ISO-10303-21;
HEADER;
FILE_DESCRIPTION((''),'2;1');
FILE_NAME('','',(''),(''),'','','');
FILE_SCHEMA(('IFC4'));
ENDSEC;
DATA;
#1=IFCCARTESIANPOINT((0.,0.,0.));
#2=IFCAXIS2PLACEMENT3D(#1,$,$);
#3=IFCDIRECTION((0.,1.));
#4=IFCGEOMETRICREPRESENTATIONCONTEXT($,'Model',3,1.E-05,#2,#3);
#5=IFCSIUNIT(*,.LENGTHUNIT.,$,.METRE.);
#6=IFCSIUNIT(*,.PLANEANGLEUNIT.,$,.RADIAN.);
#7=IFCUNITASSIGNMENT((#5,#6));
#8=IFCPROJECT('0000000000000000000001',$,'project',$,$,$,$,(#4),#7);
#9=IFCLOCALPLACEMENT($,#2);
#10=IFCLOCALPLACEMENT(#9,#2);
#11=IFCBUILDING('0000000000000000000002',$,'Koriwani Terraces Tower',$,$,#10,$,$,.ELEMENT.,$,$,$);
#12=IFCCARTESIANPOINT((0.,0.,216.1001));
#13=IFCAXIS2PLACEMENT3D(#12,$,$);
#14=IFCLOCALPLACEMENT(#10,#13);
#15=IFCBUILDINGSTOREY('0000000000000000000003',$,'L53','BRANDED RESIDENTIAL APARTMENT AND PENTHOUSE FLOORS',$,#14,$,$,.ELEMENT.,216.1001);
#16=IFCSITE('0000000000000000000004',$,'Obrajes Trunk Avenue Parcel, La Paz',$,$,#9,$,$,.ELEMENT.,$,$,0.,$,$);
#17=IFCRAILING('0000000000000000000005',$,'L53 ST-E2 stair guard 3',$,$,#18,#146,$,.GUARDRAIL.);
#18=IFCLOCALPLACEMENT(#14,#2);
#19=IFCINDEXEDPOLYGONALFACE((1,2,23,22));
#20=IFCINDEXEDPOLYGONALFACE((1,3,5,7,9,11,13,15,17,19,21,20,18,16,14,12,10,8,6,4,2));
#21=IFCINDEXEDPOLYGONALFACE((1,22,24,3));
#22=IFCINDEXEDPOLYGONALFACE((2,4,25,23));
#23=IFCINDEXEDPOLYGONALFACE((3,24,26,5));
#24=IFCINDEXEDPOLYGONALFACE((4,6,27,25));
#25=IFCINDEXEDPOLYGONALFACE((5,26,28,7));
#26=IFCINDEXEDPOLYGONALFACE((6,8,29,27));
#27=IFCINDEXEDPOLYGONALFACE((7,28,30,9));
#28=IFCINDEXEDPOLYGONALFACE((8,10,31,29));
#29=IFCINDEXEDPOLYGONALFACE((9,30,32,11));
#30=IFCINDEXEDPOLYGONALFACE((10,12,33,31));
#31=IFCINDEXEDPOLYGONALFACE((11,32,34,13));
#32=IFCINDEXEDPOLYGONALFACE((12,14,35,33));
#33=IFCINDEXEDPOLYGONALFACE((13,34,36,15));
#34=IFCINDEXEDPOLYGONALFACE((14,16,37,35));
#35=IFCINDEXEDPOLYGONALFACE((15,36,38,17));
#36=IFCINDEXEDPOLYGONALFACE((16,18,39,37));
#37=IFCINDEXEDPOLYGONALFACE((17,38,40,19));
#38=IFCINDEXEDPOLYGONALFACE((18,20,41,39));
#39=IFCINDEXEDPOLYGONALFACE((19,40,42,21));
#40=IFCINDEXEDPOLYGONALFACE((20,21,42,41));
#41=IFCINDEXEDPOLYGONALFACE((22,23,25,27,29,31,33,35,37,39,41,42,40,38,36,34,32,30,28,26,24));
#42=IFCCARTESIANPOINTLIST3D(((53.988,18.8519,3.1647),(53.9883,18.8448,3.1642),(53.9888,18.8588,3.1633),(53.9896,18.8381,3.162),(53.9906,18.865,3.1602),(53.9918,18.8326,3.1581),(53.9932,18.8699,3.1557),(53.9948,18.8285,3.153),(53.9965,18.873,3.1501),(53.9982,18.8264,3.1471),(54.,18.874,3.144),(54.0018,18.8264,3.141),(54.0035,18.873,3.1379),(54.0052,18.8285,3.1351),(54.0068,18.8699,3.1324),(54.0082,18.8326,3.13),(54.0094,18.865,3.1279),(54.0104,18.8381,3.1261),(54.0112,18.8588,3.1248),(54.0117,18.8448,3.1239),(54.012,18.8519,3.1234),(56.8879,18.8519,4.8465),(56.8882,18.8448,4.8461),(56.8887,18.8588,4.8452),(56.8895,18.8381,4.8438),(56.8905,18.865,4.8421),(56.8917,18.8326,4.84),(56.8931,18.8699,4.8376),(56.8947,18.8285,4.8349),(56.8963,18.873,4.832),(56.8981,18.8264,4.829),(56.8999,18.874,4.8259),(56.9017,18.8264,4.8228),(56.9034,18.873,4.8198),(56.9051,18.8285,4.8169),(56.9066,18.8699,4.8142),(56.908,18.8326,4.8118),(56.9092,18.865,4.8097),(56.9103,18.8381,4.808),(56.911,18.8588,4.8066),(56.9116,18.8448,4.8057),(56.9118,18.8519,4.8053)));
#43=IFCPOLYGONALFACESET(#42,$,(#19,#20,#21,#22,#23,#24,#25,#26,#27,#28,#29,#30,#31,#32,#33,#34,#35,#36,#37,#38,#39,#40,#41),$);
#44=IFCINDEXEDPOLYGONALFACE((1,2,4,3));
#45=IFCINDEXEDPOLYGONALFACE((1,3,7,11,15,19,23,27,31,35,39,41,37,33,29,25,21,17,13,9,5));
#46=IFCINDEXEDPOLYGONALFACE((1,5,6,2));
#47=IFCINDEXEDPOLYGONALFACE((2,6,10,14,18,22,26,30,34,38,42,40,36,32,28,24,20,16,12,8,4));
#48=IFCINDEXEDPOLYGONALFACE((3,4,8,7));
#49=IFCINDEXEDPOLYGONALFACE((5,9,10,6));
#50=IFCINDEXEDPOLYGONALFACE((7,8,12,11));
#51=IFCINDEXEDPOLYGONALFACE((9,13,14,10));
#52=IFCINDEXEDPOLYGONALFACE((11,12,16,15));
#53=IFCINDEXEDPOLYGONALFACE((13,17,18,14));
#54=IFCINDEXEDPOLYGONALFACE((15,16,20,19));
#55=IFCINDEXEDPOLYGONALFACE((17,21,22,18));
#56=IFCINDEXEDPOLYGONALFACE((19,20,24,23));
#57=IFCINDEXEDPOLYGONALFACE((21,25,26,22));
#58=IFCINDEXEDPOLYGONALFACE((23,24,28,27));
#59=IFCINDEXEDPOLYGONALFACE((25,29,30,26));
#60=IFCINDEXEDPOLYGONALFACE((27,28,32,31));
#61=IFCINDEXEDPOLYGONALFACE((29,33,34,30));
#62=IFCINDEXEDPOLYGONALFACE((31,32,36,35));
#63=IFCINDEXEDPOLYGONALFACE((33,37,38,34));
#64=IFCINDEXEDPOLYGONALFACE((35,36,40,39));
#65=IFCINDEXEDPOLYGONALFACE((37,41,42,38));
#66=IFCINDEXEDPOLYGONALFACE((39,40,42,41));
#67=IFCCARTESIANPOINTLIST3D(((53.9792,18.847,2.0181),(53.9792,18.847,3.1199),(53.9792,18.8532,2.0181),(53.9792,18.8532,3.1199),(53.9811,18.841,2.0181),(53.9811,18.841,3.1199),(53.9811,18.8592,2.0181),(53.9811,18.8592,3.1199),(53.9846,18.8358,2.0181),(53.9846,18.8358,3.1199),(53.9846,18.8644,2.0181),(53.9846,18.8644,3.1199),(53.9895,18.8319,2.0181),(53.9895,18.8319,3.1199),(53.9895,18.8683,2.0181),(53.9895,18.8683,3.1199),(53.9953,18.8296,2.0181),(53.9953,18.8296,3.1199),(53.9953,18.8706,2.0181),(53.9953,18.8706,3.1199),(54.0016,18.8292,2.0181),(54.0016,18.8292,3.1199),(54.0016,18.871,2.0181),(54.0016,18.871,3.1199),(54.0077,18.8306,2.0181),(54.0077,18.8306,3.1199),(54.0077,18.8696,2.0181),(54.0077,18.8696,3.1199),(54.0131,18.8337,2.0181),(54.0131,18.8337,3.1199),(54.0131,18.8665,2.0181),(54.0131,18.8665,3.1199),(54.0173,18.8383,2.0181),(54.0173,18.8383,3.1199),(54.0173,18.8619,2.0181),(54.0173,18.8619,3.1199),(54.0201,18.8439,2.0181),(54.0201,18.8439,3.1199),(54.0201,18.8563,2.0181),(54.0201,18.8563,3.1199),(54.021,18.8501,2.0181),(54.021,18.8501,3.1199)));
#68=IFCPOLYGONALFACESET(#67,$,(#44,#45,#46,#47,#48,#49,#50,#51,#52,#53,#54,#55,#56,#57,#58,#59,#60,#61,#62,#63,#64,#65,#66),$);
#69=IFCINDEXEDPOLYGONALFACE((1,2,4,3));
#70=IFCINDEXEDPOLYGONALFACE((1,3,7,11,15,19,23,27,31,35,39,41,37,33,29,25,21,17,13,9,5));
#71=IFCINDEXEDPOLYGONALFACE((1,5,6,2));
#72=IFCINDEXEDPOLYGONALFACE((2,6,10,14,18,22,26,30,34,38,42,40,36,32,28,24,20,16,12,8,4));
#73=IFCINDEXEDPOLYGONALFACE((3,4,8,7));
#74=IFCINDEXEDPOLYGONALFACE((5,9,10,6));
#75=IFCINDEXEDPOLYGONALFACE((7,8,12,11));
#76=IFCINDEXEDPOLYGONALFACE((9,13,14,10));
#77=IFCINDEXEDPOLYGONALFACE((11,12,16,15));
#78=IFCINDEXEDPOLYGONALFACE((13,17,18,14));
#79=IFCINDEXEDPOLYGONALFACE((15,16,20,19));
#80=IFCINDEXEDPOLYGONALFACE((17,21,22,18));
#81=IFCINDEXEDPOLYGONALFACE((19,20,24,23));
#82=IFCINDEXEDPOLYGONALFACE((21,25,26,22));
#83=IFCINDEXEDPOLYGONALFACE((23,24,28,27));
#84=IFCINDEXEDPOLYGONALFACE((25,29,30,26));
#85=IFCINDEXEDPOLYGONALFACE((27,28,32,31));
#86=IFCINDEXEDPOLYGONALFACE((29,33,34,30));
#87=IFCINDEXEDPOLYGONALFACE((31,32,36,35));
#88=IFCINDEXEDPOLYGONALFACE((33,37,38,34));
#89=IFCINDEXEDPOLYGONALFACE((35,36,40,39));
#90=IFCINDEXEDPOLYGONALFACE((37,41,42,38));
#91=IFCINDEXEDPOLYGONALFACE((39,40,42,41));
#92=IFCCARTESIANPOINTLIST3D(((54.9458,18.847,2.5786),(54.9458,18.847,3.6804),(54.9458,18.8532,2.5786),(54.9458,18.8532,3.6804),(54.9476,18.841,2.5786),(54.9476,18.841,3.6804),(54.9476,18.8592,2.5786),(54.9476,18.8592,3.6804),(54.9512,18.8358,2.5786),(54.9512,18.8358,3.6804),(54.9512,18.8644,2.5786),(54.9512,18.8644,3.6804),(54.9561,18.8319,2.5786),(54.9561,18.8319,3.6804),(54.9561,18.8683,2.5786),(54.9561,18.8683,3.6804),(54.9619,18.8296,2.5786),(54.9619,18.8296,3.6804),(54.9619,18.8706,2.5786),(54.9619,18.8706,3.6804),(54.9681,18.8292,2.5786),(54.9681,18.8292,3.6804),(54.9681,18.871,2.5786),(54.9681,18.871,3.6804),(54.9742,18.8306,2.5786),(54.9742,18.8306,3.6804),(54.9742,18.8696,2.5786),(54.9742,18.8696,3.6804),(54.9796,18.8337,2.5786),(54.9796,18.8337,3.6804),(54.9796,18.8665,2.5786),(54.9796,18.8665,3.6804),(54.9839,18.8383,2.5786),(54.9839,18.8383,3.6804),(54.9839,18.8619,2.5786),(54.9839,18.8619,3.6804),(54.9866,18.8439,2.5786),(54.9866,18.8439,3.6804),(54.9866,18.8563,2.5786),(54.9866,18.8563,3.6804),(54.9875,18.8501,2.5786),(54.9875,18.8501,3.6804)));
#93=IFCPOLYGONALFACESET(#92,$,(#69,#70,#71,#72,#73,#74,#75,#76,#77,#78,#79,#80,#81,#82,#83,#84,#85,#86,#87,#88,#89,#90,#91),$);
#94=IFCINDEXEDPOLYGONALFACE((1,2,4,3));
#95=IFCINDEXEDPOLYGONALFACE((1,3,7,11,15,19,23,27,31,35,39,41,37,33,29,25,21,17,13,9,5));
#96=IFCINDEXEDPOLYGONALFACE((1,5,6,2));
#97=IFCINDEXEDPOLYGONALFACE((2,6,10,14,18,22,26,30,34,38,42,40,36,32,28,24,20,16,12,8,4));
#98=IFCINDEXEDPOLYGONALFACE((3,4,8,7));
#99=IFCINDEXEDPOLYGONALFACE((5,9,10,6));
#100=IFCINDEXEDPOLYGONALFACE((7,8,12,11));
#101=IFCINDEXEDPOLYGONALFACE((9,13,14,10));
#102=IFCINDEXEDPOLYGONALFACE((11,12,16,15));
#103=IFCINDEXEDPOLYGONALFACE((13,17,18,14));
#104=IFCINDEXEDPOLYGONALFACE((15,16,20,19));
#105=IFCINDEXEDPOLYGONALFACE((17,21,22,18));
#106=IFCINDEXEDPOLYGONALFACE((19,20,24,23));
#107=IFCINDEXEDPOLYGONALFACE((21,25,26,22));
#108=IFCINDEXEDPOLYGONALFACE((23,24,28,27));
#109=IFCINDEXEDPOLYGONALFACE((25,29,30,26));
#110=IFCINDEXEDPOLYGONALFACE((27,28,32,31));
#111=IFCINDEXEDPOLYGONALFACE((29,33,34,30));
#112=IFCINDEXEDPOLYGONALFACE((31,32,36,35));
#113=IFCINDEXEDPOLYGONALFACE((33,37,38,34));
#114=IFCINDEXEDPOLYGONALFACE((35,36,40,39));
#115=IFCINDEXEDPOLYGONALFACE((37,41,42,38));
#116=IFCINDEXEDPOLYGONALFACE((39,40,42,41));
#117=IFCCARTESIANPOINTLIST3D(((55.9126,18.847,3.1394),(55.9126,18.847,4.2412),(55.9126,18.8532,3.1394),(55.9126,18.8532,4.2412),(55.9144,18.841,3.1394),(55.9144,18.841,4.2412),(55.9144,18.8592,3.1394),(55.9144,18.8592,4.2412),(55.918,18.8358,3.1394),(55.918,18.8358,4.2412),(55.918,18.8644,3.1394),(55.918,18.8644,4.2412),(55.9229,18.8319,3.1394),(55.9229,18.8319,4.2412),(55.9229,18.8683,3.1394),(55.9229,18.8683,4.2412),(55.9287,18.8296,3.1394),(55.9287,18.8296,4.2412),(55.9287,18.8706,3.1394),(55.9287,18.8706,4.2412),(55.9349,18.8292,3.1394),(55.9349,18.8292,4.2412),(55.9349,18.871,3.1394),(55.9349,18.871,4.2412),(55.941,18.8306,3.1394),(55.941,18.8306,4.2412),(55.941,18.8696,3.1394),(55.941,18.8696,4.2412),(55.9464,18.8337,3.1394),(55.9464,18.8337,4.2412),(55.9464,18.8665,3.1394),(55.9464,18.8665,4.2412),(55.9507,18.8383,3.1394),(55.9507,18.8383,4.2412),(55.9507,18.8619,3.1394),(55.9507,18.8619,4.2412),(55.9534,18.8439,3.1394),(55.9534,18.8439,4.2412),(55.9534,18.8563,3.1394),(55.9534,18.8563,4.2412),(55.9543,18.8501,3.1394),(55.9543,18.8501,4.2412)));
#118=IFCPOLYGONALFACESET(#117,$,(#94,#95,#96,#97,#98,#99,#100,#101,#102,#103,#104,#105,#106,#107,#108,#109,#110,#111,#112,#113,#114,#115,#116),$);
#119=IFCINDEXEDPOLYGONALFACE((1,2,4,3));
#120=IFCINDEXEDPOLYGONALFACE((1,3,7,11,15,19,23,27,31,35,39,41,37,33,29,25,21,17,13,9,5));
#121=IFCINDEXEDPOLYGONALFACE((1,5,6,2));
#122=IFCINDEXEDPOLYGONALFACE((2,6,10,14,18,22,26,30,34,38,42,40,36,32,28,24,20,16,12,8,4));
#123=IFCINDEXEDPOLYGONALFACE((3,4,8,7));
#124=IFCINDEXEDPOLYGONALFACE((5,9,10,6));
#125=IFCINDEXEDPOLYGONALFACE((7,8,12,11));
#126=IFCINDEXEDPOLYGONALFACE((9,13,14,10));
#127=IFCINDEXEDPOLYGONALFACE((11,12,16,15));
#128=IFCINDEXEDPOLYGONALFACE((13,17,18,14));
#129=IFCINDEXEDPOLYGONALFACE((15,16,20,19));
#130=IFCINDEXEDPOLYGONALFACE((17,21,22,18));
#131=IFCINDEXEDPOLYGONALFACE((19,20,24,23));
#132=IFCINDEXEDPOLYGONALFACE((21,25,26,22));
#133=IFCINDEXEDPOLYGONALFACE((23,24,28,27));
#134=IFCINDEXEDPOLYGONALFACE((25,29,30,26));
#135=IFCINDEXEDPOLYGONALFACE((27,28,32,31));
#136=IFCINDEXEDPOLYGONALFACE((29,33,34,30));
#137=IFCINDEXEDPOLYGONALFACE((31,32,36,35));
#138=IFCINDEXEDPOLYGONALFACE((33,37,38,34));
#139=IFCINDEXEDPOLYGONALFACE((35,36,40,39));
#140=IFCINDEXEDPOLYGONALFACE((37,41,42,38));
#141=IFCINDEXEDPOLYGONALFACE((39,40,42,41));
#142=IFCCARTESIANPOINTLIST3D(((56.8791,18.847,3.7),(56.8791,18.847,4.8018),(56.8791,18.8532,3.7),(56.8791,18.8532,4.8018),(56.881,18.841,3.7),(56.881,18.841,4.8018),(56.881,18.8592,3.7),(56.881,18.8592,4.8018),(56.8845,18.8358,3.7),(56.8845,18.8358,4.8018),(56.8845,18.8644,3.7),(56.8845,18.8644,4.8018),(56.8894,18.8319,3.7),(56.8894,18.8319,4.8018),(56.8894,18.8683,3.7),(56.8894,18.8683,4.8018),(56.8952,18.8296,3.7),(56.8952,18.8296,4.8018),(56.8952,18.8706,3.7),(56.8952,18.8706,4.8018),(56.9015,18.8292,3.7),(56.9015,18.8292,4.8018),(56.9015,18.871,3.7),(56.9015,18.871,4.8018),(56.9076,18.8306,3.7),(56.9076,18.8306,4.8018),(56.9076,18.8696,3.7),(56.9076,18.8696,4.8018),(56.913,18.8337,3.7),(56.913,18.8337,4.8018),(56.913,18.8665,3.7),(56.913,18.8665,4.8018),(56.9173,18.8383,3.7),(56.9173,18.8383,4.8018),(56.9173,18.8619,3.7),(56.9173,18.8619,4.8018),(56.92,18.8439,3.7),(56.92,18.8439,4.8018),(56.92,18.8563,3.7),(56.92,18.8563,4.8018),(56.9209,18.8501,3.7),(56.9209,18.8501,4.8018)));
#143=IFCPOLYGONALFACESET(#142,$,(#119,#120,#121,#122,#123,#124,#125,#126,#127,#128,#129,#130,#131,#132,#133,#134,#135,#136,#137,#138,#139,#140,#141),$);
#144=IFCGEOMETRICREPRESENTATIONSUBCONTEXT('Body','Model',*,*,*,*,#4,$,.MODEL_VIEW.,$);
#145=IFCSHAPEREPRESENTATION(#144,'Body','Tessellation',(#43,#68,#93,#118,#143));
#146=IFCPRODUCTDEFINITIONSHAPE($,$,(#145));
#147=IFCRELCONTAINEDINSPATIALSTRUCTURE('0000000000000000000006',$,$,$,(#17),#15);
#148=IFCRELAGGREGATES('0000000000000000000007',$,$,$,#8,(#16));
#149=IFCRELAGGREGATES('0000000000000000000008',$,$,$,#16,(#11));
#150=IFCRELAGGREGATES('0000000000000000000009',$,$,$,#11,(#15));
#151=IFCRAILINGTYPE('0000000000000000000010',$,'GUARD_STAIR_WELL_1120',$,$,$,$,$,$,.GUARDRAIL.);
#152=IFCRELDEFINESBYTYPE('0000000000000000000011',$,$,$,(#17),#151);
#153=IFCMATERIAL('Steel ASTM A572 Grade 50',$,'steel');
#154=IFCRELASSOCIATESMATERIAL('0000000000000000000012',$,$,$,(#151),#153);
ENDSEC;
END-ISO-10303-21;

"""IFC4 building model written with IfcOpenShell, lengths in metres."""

from ifc_helpers import new_model, si_unit, direction, frame, origin, origin_2d, place, context, subcontext, project, spatial, circle, extrude, material, type_object, element, save


model = new_model("IFC4")

# Units and contexts
model_context = context("Model", 3, precision=1e-05, world=origin(), true_north=direction((0.0, 1.0)))
body_context = subcontext(model_context, "Body", "Model", "MODEL_VIEW")
ifc_project = project(units=[si_unit("LENGTHUNIT", "METRE"), si_unit("PLANEANGLEUNIT", "RADIAN")], contexts=[model_context])

# Site, building, storey
site_placement = place(None, origin())
site = spatial("IfcSite", under=ifc_project, at=site_placement, Name="Obrajes Trunk Avenue Parcel, La Paz", CompositionType="ELEMENT", RefElevation=0.0)
building_placement = place(site_placement, origin())
building = spatial("IfcBuilding", under=site, at=building_placement, Name="Koriwani Terraces Tower", CompositionType="ELEMENT")
storey_placement = place(building_placement, frame((0.0, 0.0, 216.1001)))
storey = spatial("IfcBuildingStorey", under=building, at=storey_placement, Name="L53", Description="BRANDED RESIDENTIAL APARTMENT AND PENTHOUSE FLOORS", CompositionType="ELEMENT", Elevation=216.1001)

# Shared definitions
ifc_material_1 = material(Name="Steel ASTM A572 Grade 50", Category="steel")

# Railing
railing_type_1 = type_object("IfcRailingType", Name="GUARD_STAIR_WELL_1120", PredefinedType="GUARDRAIL", material=ifc_material_1)
railing_1_placement = place(storey_placement, frame((54.0, 18.8501, 2.0181)))
element("IfcRailing", 1, at=railing_1_placement, inside=storey, type_object=railing_type_1, Name="L53 ST-E2 stair guard 3", PredefinedType="GUARDRAIL", context=body_context, shape_type="SweptSolid", body=[
    extrude(circle(Radius=0.0239, at=origin_2d()), frame((0.0, 0.0, 1.126), z_axis=(0.865039, 0.0, 0.501705), x_axis=(0.0, 1.0, 0.0)), (0.0, 0.0, 1.0), 3.3523),
    extrude(circle(Radius=0.021, at=origin_2d()), origin(), (0.0, 0.0, 1.0), 1.1018),
    extrude(circle(Radius=0.021, at=origin_2d()), frame((0.9666, 0.0, 0.5605)), (0.0, 0.0, 1.0), 1.1018),
    extrude(circle(Radius=0.021, at=origin_2d()), frame((1.9333, 0.0, 1.1213)), (0.0, 0.0, 1.0), 1.1018),
    extrude(circle(Radius=0.021, at=origin_2d()), frame((2.8999, 0.0, 1.6819)), (0.0, 0.0, 1.0), 1.1018),
])

save(model, "model.ifc")
